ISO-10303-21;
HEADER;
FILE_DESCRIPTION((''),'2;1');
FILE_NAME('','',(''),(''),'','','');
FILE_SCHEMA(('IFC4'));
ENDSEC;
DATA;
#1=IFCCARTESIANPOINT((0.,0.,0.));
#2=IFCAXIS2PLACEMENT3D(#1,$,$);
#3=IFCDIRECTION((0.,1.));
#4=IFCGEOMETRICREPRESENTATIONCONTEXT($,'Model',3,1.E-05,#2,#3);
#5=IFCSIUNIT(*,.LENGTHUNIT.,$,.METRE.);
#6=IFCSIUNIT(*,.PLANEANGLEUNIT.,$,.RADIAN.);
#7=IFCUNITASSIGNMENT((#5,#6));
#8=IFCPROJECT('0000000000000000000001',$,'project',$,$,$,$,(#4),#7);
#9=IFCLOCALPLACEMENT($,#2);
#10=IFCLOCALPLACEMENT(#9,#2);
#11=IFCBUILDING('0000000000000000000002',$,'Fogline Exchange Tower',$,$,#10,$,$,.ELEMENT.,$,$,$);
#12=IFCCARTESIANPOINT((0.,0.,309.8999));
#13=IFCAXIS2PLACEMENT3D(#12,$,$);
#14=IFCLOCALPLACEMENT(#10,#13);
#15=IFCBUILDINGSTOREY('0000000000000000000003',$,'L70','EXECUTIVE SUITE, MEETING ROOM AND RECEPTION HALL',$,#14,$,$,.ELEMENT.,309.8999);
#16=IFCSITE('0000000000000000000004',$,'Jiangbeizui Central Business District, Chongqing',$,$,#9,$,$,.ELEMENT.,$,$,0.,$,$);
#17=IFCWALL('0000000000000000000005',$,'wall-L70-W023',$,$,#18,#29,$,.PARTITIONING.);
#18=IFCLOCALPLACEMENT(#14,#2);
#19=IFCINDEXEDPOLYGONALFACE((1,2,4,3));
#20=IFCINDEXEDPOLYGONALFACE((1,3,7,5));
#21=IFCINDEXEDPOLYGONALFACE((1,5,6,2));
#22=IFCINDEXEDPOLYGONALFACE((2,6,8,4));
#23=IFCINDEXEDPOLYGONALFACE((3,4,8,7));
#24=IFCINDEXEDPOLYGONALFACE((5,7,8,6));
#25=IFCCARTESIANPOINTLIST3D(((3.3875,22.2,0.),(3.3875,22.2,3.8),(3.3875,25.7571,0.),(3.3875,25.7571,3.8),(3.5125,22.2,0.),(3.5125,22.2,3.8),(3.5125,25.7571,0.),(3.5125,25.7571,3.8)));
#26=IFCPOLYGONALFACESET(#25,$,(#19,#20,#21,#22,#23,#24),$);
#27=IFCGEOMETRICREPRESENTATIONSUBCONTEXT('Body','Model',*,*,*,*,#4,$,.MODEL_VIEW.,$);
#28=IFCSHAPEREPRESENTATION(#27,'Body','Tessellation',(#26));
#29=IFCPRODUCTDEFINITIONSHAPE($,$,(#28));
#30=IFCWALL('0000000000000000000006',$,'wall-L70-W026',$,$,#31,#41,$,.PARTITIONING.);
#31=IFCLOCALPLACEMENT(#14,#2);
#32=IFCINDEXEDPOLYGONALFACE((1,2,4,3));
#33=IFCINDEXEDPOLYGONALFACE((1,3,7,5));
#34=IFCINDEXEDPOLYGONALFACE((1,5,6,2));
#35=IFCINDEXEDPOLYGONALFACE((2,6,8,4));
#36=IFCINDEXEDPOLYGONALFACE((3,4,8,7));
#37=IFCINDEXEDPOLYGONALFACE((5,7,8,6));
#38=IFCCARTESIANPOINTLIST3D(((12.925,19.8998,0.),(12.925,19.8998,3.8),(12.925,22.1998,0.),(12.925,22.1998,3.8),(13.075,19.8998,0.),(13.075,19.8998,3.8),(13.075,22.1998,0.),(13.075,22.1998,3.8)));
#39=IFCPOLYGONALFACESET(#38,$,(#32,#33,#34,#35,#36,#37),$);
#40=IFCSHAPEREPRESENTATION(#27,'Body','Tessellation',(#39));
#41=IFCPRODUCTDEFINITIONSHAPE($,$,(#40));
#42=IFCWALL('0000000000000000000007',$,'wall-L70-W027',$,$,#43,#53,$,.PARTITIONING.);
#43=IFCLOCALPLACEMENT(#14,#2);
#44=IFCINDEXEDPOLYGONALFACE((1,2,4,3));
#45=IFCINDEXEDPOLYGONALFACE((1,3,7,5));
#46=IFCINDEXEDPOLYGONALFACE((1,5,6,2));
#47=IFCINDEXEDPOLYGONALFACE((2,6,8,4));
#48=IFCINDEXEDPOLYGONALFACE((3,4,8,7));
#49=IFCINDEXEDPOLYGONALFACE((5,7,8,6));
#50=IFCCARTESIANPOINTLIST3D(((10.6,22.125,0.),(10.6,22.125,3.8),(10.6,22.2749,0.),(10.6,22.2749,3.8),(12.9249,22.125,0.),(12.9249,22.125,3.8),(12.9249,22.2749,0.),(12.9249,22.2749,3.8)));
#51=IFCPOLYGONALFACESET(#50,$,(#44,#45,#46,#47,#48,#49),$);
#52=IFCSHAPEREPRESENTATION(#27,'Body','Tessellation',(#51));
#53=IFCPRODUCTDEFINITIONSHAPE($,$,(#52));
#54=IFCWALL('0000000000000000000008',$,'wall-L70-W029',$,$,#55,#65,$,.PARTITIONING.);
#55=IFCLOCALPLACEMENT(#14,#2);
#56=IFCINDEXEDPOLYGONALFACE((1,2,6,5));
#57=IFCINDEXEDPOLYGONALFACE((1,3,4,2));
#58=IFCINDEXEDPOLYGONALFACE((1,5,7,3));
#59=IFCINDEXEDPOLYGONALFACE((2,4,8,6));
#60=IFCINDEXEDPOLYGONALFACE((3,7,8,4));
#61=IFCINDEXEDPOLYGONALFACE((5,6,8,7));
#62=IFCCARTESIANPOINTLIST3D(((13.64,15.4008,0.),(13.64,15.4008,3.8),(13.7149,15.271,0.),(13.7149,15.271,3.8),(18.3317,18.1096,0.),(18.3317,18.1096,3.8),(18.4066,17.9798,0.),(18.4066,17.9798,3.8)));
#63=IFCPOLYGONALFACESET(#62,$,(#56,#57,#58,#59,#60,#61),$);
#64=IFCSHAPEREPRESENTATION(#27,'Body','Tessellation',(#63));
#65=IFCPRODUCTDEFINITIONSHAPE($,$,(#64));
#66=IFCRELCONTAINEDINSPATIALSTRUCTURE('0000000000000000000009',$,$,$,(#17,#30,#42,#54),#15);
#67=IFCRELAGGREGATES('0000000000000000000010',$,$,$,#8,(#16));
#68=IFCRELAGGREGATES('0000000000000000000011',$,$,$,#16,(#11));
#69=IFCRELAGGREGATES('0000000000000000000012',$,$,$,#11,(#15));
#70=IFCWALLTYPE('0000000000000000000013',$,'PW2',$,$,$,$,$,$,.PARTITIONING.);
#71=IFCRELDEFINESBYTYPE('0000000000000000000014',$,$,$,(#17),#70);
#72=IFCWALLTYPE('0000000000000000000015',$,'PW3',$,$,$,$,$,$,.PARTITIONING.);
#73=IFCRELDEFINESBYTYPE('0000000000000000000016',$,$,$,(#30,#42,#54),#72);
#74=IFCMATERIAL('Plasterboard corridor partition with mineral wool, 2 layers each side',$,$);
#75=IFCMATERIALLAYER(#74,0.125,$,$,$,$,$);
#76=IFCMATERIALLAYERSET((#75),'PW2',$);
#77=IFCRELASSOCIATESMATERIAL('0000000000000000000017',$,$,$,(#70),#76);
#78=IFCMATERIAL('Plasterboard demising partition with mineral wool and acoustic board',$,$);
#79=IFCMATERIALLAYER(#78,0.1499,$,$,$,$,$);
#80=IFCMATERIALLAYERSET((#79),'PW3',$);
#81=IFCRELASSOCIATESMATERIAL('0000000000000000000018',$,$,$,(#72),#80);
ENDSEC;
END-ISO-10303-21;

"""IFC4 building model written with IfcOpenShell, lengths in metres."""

from ifc_helpers import new_model, si_unit, direction, frame, frame_2d, origin, place, context, subcontext, project, spatial, rectangle, extrude, material, layer, layer_set, type_object, element, save


model = new_model("IFC4")

# Units and contexts
model_context = context("Model", 3, precision=1e-05, world=origin(), true_north=direction((0.0, 1.0)))
body_context = subcontext(model_context, "Body", "Model", "MODEL_VIEW")
ifc_project = project(units=[si_unit("LENGTHUNIT", "METRE"), si_unit("PLANEANGLEUNIT", "RADIAN")], contexts=[model_context])

# Site, building, storey
site_placement = place(None, origin())
site = spatial("IfcSite", under=ifc_project, at=site_placement, Name="Jiangbeizui Central Business District, Chongqing", CompositionType="ELEMENT", RefElevation=0.0)
building_placement = place(site_placement, origin())
building = spatial("IfcBuilding", under=site, at=building_placement, Name="Fogline Exchange Tower", CompositionType="ELEMENT")
storey_placement = place(building_placement, frame((0.0, 0.0, 309.8999)))
storey = spatial("IfcBuildingStorey", under=building, at=storey_placement, Name="L70", Description="EXECUTIVE SUITE, MEETING ROOM AND RECEPTION HALL", CompositionType="ELEMENT", Elevation=309.8999)

# Shared definitions
ifc_material_1 = material(Name="Plasterboard corridor partition with mineral wool, 2 layers each side")
ifc_layer_1 = layer(ifc_material_1, 0.125)
ifc_layer_set_1 = layer_set([ifc_layer_1], Name="PW2")
wall_type_1 = type_object("IfcWallType", Name="PW2", PredefinedType="PARTITIONING", material=ifc_layer_set_1)

# Walls
wall_1_placement = place(storey_placement, frame((3.45, 22.2, 0.0), z_axis=(0.0, 0.0, 1.0), x_axis=(0.0, 1.0, 0.0)))
element("IfcWall", 1, at=wall_1_placement, inside=storey, type_object=wall_type_1, Name="wall-L70-W023", PredefinedType="PARTITIONING", context=body_context, shape_type="SweptSolid", body=[
    extrude(rectangle(XDim=3.5571, YDim=0.125, at=frame_2d((1.7786, 0.0))), origin(), (0.0, 0.0, 1.0), 3.8),
])
ifc_material_2 = material(Name="Plasterboard demising partition with mineral wool and acoustic board")
ifc_layer_2 = layer(ifc_material_2, 0.1499)
ifc_layer_set_2 = layer_set([ifc_layer_2], Name="PW3")
wall_type_2 = type_object("IfcWallType", Name="PW3", PredefinedType="PARTITIONING", material=ifc_layer_set_2)
wall_2_placement = place(storey_placement, frame((13.0, 19.8999, 0.0), z_axis=(0.0, 0.0, 1.0), x_axis=(0.0, 1.0, 0.0)))
element("IfcWall", 2, at=wall_2_placement, inside=storey, type_object=wall_type_2, Name="wall-L70-W026", PredefinedType="PARTITIONING", context=body_context, shape_type="SweptSolid", body=[
    extrude(rectangle(XDim=2.3, YDim=0.1499, at=frame_2d((1.1499, 0.0))), origin(), (0.0, 0.0, 1.0), 3.8),
])
wall_3_placement = place(storey_placement, frame((12.925, 22.2, 0.0), z_axis=(0.0, 0.0, 1.0), x_axis=(-1.0, 0.0, 0.0)))
element("IfcWall", 3, at=wall_3_placement, inside=storey, type_object=wall_type_2, Name="wall-L70-W027", PredefinedType="PARTITIONING", context=body_context, shape_type="SweptSolid", body=[
    extrude(rectangle(XDim=2.325, YDim=0.1499, at=frame_2d((1.1626, 0.0))), origin(), (0.0, 0.0, 1.0), 3.8),
])
wall_4_placement = place(storey_placement, frame((18.3691, 18.0447, 0.0), z_axis=(0.0, 0.0, 1.0), x_axis=(-0.866024, -0.500002, 0.0)))
element("IfcWall", 4, at=wall_4_placement, inside=storey, type_object=wall_type_2, Name="wall-L70-W029", PredefinedType="PARTITIONING", context=body_context, shape_type="SweptSolid", body=[
    extrude(rectangle(XDim=5.4175, YDim=0.1499, at=frame_2d((2.7087, 0.0))), origin(), (0.0, 0.0, 1.0), 3.8),
])

save(model, "model.ifc")
